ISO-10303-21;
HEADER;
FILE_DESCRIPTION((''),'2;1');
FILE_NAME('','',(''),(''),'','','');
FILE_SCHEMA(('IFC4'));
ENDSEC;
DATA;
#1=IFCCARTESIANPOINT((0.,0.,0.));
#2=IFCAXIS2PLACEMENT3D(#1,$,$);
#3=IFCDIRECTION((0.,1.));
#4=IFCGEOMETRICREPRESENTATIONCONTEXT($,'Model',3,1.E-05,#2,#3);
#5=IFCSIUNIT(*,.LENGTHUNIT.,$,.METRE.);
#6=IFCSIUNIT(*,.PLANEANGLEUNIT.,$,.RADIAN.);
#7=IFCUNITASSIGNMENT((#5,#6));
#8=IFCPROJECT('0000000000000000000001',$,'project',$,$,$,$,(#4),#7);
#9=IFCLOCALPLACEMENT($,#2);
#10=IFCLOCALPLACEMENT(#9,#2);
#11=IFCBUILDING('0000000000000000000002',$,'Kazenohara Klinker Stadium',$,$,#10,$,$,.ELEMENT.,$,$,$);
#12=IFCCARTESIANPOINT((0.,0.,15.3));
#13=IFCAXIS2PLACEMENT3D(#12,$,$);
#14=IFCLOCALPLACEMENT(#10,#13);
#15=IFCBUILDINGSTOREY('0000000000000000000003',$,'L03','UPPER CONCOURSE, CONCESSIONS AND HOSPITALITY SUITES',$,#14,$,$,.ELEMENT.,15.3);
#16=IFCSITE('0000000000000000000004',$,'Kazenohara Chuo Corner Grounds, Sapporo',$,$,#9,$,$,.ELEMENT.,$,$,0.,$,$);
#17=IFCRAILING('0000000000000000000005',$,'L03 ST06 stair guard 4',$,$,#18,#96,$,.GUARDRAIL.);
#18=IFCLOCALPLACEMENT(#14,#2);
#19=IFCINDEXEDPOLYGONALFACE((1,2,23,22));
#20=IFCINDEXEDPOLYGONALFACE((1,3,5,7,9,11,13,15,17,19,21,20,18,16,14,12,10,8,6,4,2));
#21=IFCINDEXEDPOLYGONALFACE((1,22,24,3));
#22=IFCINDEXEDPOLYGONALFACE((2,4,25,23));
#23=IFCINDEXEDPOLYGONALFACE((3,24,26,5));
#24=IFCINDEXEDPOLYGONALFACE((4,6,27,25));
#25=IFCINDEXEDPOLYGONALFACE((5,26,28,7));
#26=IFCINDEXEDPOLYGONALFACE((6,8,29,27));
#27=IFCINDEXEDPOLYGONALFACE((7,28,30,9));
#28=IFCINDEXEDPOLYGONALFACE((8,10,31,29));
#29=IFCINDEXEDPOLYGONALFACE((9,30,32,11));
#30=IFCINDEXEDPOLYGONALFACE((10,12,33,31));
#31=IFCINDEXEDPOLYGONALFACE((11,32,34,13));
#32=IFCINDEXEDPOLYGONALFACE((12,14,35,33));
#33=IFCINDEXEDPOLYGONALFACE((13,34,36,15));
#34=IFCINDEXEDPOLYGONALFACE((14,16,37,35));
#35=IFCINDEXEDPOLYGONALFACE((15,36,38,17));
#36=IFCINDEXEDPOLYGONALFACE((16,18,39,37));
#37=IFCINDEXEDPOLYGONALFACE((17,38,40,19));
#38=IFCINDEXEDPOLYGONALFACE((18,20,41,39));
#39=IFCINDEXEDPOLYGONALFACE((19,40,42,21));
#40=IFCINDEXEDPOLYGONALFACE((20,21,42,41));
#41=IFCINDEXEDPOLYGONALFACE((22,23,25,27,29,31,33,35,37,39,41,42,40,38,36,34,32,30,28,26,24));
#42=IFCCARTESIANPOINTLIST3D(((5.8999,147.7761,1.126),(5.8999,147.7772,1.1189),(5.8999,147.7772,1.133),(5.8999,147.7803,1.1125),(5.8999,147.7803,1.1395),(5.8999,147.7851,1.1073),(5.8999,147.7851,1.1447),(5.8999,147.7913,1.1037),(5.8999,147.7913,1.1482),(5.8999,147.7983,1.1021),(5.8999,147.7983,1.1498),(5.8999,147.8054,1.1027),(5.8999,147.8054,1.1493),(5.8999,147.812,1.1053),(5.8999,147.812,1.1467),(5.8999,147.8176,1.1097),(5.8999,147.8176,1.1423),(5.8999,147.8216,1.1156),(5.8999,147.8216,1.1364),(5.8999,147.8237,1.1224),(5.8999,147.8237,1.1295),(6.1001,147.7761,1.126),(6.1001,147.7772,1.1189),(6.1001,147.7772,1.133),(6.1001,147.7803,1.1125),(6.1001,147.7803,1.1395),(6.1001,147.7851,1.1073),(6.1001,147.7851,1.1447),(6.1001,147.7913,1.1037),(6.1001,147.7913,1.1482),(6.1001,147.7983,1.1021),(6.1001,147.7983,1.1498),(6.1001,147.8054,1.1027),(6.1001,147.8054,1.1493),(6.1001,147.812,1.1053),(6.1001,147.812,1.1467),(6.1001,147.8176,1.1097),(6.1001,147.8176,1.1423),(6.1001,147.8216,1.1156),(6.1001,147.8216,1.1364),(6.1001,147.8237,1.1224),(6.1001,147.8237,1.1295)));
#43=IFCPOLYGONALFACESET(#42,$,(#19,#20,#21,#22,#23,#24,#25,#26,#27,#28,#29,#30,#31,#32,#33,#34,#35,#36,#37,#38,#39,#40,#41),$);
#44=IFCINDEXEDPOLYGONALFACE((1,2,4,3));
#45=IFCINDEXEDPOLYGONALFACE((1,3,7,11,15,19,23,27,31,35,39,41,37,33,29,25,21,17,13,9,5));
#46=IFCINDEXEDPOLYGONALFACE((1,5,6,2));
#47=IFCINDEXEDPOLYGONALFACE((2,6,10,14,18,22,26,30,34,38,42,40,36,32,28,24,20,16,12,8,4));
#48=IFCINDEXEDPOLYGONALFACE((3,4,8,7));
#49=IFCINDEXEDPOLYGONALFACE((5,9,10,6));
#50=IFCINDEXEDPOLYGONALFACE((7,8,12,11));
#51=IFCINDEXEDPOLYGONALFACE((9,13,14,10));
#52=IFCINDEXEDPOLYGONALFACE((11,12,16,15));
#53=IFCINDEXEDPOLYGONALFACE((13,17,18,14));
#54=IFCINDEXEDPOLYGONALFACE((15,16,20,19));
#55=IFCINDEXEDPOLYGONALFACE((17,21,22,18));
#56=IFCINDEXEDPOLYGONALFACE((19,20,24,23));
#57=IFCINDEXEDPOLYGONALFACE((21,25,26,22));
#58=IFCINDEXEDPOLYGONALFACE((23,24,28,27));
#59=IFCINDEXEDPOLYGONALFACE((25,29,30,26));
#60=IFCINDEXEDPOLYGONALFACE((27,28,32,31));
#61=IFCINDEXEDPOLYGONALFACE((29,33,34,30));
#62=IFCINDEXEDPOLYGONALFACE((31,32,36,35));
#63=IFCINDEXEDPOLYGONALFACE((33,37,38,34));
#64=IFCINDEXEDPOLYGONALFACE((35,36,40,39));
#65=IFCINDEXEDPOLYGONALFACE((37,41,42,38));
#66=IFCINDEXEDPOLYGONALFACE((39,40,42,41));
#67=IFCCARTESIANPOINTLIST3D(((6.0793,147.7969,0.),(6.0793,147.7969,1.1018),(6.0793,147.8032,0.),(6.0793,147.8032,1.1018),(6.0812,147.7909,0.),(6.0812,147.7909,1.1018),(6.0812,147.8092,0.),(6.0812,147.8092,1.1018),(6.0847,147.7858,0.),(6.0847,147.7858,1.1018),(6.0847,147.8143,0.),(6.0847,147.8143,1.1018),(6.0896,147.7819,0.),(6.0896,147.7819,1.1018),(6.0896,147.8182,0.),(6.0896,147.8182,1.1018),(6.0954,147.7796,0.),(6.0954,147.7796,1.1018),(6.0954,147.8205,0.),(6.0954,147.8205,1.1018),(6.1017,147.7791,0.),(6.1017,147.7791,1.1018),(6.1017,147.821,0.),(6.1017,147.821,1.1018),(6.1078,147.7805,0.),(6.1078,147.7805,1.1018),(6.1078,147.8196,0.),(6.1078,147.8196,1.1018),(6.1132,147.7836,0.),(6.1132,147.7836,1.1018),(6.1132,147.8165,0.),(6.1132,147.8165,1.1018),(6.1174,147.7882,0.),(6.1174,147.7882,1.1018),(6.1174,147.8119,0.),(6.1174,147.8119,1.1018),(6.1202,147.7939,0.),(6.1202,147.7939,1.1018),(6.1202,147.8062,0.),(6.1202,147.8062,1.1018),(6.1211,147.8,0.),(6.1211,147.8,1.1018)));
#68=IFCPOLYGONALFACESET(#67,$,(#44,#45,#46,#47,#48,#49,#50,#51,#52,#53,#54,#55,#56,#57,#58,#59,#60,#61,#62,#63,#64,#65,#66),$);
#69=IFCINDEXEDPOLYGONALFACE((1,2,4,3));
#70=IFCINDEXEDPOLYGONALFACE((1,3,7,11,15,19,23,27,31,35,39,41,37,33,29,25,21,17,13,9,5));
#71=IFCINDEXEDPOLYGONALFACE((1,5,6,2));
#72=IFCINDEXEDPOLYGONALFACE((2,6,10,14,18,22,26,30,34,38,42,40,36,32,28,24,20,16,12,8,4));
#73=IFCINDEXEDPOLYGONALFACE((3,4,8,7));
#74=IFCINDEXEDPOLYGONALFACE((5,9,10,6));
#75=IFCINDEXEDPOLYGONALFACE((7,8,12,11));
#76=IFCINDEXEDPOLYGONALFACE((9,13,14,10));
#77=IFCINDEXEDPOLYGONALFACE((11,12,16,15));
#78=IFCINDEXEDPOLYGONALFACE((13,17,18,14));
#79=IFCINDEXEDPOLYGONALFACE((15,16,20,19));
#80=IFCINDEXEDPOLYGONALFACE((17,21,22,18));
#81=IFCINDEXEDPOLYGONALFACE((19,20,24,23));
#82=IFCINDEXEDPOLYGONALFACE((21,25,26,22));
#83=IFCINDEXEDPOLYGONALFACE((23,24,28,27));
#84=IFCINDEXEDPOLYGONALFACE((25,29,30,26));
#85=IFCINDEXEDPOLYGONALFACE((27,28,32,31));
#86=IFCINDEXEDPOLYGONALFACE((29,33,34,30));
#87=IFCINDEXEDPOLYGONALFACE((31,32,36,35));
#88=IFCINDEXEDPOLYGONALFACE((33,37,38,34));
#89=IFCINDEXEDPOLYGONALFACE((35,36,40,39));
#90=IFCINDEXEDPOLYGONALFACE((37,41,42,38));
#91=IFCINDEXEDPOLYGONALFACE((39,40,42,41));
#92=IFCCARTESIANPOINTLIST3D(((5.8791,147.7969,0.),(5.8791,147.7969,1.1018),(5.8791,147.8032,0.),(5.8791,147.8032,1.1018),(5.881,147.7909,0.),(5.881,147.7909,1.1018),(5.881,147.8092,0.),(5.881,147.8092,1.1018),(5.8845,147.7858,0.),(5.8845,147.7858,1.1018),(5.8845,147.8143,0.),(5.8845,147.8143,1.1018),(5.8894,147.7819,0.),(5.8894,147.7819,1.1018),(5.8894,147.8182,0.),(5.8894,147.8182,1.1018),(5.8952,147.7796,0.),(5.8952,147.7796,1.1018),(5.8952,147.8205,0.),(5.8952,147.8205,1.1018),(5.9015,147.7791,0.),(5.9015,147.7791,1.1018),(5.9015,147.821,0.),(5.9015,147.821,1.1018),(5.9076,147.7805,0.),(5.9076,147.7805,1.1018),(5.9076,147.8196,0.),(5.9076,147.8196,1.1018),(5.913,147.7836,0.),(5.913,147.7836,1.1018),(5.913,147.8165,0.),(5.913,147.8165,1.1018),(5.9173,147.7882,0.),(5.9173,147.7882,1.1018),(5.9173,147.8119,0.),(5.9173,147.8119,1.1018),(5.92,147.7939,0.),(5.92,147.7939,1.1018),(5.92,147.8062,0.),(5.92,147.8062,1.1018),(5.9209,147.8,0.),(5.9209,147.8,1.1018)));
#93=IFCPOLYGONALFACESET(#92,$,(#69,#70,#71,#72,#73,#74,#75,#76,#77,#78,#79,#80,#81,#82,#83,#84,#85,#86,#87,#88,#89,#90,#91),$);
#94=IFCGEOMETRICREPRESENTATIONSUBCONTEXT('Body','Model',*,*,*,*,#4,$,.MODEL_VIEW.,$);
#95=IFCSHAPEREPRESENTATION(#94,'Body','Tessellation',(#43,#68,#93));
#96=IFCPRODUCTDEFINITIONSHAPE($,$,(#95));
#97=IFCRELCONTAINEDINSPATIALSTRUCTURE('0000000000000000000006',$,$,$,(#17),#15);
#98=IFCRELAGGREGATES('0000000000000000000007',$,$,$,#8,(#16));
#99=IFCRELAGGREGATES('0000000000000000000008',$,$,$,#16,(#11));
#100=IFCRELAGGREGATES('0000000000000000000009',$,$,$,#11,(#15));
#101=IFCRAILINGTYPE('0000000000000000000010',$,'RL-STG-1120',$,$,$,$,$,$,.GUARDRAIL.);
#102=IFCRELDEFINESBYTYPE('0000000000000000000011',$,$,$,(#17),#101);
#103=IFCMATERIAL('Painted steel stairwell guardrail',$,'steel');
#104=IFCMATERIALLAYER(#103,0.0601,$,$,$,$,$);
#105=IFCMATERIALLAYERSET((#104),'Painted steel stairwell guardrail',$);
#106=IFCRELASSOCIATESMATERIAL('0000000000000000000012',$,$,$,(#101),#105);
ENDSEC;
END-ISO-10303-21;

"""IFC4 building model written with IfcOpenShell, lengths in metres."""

from ifc_helpers import new_model, si_unit, direction, frame, origin, origin_2d, place, context, subcontext, project, spatial, circle, extrude, material, layer, layer_set, type_object, element, save


model = new_model("IFC4")

# Units and contexts
model_context = context("Model", 3, precision=1e-05, world=origin(), true_north=direction((0.0, 1.0)))
body_context = subcontext(model_context, "Body", "Model", "MODEL_VIEW")
ifc_project = project(units=[si_unit("LENGTHUNIT", "METRE"), si_unit("PLANEANGLEUNIT", "RADIAN")], contexts=[model_context])

# Site, building, storey
site_placement = place(None, origin())
site = spatial("IfcSite", under=ifc_project, at=site_placement, Name="Kazenohara Chuo Corner Grounds, Sapporo", CompositionType="ELEMENT", RefElevation=0.0)
building_placement = place(site_placement, origin())
building = spatial("IfcBuilding", under=site, at=building_placement, Name="Kazenohara Klinker Stadium", CompositionType="ELEMENT")
storey_placement = place(building_placement, frame((0.0, 0.0, 15.3)))
storey = spatial("IfcBuildingStorey", under=building, at=storey_placement, Name="L03", Description="UPPER CONCOURSE, CONCESSIONS AND HOSPITALITY SUITES", CompositionType="ELEMENT", Elevation=15.3)

# Railing
ifc_material_1 = material(Name="Painted steel stairwell guardrail", Category="steel")
ifc_layer_1 = layer(ifc_material_1, 0.0601)
ifc_layer_set_1 = layer_set([ifc_layer_1], Name="Painted steel stairwell guardrail")
railing_type_1 = type_object("IfcRailingType", Name="RL-STG-1120", PredefinedType="GUARDRAIL", material=ifc_layer_set_1)
railing_1_placement = place(storey_placement, frame((6.1001, 147.8, 0.0)))
element("IfcRailing", 1, at=railing_1_placement, inside=storey, type_object=railing_type_1, Name="L03 ST06 stair guard 4", PredefinedType="GUARDRAIL", context=body_context, shape_type="SweptSolid", body=[
    extrude(circle(Radius=0.0239, at=origin_2d()), frame((0.0, 0.0, 1.126), z_axis=(-1.0, 0.0, 0.0), x_axis=(0.0, -1.0, 0.0)), (0.0, 0.0, 1.0), 0.2002),
    extrude(circle(Radius=0.021, at=origin_2d()), origin(), (0.0, 0.0, 1.0), 1.1018),
    extrude(circle(Radius=0.021, at=origin_2d()), frame((-0.2002, 0.0, 0.0)), (0.0, 0.0, 1.0), 1.1018),
])

save(model, "model.ifc")
